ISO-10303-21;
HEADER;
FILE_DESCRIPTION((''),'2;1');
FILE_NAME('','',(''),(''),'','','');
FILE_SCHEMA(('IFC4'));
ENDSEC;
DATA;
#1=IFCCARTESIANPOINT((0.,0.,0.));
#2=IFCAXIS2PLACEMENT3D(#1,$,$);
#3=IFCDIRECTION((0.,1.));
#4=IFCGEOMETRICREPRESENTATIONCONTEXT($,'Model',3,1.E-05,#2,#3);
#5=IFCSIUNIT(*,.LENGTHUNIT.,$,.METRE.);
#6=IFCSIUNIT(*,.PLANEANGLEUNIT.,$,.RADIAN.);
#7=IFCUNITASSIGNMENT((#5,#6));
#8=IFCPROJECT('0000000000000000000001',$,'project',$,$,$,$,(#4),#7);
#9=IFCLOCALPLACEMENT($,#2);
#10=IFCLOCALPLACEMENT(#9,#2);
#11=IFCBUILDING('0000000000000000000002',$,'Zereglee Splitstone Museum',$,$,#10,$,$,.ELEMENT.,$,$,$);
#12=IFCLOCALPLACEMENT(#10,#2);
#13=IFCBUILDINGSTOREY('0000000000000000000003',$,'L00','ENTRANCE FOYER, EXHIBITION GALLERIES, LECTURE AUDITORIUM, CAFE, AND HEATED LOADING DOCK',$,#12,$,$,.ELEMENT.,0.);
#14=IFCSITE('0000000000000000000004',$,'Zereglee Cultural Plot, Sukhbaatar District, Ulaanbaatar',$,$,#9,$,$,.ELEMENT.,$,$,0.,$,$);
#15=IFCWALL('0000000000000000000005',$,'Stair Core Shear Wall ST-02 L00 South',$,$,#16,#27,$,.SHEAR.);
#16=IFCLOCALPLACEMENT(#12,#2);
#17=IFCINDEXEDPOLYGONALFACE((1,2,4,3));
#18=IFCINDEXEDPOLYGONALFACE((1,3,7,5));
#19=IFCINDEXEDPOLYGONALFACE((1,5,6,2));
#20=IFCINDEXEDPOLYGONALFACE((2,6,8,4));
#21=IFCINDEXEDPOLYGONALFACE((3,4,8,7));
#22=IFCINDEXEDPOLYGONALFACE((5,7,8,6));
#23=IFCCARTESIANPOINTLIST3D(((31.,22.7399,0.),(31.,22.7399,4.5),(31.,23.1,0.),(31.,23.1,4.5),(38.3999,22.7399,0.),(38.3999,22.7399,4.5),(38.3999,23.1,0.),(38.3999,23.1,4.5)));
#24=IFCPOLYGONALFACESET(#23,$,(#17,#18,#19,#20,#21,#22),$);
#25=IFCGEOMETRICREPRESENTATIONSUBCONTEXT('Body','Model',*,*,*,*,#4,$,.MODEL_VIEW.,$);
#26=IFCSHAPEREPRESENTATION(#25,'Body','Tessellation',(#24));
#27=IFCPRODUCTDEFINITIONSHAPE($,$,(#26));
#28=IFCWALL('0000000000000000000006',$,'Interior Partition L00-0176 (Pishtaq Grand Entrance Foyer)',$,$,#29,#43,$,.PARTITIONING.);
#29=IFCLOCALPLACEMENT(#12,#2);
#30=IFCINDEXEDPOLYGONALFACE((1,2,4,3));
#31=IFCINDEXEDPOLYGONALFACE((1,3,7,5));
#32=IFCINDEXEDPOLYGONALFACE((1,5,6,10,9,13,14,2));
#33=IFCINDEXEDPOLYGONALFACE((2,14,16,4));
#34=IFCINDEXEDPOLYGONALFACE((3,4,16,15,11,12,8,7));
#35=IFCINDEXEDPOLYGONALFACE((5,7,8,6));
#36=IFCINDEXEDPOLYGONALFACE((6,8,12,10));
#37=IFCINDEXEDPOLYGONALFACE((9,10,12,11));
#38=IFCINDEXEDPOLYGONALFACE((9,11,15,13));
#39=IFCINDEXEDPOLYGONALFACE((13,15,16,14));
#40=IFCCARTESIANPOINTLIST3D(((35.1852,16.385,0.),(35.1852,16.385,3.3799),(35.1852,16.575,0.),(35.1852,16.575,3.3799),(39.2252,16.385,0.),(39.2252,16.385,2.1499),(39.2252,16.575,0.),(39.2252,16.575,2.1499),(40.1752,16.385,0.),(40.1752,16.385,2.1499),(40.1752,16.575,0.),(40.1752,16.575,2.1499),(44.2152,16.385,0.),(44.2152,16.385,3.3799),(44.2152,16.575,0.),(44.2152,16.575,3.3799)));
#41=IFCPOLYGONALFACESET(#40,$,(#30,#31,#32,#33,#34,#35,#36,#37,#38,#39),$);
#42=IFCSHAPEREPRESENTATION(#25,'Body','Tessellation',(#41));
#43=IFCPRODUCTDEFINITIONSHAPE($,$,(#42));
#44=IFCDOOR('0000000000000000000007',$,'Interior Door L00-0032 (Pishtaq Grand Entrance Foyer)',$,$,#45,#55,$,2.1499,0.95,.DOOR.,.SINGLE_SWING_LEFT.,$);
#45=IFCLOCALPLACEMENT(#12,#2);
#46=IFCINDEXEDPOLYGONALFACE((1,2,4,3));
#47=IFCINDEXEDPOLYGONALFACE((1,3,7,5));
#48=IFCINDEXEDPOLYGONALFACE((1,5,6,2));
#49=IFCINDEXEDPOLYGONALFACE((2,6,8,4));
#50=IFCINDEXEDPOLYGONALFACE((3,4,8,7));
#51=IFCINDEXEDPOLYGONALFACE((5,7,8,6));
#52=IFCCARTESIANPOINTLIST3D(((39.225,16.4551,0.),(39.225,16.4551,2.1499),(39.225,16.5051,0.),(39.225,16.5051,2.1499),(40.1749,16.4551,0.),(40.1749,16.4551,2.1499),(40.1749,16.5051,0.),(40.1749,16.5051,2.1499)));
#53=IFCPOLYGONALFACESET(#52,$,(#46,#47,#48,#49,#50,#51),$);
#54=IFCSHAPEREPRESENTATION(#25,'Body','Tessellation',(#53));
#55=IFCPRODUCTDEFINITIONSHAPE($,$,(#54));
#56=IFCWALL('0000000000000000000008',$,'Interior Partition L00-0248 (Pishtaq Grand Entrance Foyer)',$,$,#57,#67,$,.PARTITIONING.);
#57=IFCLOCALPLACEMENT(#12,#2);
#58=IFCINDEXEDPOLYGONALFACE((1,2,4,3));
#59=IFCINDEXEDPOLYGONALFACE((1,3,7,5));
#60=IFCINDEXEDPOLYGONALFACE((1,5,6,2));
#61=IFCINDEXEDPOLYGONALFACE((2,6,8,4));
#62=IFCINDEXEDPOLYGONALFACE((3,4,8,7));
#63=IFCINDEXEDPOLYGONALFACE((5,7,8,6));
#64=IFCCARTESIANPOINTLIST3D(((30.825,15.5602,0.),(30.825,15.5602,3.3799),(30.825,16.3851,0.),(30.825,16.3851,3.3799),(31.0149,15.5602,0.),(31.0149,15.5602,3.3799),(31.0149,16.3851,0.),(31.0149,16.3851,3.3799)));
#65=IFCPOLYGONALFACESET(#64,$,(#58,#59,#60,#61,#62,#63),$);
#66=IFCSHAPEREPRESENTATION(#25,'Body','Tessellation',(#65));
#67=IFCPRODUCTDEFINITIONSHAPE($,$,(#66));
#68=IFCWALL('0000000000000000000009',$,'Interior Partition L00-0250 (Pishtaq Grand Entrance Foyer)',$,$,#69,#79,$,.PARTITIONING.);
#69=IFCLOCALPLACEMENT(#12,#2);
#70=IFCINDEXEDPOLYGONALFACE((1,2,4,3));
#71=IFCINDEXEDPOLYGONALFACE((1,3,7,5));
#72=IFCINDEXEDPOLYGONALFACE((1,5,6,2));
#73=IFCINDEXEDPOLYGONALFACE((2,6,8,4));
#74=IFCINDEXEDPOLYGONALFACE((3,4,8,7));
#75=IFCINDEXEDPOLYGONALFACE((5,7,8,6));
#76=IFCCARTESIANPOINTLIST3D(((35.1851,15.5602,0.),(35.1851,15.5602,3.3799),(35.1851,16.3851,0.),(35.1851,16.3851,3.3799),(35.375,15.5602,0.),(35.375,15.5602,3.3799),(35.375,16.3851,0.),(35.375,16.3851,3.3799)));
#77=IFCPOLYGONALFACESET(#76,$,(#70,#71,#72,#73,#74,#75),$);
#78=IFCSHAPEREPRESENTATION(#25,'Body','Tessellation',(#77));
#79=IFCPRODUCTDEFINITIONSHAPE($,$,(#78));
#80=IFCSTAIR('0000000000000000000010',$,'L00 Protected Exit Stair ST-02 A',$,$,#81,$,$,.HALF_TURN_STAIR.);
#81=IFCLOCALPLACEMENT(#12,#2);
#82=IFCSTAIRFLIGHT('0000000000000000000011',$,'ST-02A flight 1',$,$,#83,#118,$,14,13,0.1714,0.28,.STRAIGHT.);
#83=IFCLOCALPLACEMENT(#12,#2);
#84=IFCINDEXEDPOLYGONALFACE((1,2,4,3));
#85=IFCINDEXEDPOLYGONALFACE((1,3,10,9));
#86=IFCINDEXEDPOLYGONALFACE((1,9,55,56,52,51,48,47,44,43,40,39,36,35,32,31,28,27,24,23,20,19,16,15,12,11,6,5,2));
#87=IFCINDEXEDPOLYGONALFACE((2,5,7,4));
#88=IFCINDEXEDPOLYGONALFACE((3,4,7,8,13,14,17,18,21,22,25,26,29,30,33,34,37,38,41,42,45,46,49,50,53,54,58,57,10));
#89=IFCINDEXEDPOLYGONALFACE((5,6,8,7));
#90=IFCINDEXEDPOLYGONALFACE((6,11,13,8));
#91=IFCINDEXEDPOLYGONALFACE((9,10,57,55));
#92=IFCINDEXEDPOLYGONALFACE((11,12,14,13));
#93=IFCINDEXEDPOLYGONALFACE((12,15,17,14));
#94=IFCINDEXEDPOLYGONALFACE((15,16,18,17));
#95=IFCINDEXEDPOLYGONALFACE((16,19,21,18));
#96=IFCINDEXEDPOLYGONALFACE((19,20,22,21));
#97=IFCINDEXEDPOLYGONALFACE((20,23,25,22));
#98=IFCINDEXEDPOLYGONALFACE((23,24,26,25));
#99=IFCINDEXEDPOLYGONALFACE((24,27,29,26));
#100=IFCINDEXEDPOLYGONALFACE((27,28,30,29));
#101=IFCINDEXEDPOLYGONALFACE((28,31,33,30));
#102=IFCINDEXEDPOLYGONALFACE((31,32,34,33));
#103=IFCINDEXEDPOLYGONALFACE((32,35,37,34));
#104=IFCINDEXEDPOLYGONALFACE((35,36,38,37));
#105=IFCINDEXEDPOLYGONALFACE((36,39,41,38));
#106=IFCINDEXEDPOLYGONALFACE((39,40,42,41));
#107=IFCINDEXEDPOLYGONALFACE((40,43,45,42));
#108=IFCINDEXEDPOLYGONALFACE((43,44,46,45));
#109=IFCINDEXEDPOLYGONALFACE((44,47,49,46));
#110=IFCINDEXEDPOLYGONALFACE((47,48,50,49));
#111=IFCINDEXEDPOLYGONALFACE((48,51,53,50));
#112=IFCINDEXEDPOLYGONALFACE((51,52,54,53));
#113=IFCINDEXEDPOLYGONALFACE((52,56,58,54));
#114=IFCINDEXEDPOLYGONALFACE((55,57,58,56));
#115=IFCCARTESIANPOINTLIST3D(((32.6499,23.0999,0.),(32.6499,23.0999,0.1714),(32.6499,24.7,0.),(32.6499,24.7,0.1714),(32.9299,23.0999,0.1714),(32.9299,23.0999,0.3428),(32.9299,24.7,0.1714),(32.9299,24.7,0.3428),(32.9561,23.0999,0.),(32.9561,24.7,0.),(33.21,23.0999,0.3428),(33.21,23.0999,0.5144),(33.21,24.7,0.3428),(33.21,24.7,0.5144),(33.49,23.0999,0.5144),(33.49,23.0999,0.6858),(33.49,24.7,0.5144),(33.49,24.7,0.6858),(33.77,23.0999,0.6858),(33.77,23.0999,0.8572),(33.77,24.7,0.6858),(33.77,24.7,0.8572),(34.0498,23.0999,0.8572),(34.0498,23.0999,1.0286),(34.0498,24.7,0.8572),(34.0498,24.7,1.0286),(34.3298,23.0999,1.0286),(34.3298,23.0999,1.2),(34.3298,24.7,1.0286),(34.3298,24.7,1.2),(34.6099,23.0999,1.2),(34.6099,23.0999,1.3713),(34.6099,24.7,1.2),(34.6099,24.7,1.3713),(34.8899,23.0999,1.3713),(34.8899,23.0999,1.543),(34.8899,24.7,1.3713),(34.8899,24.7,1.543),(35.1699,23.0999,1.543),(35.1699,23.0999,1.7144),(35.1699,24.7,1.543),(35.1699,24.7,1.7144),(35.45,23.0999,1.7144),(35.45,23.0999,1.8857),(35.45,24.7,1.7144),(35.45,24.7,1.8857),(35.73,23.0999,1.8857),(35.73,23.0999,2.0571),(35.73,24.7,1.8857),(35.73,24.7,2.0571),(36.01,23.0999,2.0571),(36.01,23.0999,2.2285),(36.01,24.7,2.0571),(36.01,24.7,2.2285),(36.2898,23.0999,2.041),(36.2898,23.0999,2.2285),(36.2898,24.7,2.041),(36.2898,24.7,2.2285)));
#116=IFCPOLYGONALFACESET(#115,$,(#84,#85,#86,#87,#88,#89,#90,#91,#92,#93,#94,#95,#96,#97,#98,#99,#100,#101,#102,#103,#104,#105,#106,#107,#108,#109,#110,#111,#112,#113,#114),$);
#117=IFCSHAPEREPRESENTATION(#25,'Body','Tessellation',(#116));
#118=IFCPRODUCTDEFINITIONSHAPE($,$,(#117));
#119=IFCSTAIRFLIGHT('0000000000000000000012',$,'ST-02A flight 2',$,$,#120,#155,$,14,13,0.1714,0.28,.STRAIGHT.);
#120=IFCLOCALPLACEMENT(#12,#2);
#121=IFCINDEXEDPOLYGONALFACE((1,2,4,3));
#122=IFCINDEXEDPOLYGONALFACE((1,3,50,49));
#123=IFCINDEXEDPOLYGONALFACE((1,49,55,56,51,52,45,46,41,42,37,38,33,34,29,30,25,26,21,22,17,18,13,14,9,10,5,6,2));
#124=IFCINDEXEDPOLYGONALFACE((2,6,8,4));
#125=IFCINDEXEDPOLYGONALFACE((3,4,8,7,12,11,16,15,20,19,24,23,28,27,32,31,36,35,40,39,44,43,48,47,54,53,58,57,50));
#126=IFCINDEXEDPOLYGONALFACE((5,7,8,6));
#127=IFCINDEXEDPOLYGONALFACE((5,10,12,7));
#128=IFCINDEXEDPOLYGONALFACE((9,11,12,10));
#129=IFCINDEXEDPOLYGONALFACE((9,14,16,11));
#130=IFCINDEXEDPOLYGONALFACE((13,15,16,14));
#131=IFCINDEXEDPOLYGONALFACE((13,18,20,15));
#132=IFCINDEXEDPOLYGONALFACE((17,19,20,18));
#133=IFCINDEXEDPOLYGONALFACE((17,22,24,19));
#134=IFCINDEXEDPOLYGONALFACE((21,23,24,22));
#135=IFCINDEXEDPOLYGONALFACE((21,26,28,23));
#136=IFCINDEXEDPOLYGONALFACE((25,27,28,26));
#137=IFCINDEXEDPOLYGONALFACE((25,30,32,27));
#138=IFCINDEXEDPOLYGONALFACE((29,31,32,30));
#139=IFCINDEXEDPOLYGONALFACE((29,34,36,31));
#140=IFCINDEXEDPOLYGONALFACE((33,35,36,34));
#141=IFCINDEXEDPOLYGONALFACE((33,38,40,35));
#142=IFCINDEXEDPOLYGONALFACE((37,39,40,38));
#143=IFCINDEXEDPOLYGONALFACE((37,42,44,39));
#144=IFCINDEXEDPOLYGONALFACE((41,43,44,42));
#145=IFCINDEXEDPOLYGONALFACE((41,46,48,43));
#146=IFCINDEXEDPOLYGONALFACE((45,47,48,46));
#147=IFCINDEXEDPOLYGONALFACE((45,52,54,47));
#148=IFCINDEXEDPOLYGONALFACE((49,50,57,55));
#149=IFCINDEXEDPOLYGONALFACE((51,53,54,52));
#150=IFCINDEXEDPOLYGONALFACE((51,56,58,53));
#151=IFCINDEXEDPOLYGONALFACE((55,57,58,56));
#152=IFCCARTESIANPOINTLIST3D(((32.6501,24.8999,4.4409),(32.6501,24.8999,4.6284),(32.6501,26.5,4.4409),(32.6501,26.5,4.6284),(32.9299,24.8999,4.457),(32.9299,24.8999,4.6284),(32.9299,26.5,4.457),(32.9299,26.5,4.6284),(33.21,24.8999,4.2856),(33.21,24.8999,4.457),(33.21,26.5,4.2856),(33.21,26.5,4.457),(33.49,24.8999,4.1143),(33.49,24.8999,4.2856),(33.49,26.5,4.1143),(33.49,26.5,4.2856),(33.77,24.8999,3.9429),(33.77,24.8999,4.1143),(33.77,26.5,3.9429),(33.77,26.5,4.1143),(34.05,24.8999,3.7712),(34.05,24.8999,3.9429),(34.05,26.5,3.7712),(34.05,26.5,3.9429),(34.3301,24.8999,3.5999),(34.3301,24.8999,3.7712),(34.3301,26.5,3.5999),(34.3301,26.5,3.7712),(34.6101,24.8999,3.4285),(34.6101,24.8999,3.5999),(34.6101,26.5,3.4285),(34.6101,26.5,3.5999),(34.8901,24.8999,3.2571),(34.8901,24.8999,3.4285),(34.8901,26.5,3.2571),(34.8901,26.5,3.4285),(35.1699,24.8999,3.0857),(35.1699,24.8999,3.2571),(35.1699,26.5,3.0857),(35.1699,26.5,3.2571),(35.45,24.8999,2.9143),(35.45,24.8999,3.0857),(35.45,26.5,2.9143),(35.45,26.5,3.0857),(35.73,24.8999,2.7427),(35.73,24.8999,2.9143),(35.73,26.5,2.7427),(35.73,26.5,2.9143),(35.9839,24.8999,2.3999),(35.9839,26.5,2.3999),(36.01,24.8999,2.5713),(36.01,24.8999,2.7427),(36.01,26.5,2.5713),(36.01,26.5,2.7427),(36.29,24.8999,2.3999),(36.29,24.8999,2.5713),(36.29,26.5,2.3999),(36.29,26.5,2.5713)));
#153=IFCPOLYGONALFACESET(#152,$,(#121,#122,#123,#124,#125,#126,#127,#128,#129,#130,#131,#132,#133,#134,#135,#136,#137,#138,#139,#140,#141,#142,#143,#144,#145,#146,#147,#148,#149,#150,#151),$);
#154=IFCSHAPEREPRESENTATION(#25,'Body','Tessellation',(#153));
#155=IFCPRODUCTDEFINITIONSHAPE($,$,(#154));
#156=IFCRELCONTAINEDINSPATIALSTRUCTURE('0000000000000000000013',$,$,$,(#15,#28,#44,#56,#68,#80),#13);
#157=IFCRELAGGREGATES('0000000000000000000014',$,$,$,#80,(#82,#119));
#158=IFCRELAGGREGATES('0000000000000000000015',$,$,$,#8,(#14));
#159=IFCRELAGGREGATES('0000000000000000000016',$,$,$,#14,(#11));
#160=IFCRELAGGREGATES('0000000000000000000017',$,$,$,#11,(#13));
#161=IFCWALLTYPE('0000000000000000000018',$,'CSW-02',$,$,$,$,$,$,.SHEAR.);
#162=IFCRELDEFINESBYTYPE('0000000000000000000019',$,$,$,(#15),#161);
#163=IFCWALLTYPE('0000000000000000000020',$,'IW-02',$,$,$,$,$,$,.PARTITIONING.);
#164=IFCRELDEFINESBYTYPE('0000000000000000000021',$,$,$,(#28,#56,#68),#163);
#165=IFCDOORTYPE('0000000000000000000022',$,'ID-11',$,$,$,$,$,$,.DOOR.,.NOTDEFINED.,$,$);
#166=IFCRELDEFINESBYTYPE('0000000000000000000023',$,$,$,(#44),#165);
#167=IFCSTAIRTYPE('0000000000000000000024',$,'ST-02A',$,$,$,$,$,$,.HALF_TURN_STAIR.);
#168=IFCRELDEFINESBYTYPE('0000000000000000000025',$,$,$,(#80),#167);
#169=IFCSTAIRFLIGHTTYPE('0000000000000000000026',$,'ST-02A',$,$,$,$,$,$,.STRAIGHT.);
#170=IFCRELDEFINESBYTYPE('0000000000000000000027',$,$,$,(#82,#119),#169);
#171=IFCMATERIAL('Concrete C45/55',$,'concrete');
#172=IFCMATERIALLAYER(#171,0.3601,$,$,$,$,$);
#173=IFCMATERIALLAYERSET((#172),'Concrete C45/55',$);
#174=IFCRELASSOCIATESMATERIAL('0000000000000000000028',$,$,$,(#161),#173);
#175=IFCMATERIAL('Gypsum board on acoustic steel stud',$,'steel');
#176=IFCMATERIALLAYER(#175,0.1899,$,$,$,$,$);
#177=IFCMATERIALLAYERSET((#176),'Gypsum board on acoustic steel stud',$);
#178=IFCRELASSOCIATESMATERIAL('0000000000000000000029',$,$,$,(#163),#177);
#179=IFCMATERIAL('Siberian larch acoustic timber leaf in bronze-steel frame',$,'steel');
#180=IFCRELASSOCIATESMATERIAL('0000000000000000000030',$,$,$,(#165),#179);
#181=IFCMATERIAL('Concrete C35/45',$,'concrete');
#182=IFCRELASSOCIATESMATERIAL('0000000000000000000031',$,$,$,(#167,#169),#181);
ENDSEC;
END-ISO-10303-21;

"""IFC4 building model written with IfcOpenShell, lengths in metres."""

from ifc_helpers import new_model, si_unit, direction, frame, frame_2d, origin, place, context, subcontext, project, spatial, polyline, rectangle, outline, extrude, material, layer, layer_set, type_object, element, fill, aggregate, save


model = new_model("IFC4")

# Units and contexts
model_context = context("Model", 3, precision=1e-05, world=origin(), true_north=direction((0.0, 1.0)))
body_context = subcontext(model_context, "Body", "Model", "MODEL_VIEW")
ifc_project = project(units=[si_unit("LENGTHUNIT", "METRE"), si_unit("PLANEANGLEUNIT", "RADIAN")], contexts=[model_context])

# Site, building, storey
site_placement = place(None, origin())
site = spatial("IfcSite", under=ifc_project, at=site_placement, Name="Zereglee Cultural Plot, Sukhbaatar District, Ulaanbaatar", CompositionType="ELEMENT", RefElevation=0.0)
building_placement = place(site_placement, origin())
building = spatial("IfcBuilding", under=site, at=building_placement, Name="Zereglee Splitstone Museum", CompositionType="ELEMENT")
storey_placement = place(building_placement, origin())
storey = spatial("IfcBuildingStorey", under=building, at=storey_placement, Name="L00", Description="ENTRANCE FOYER, EXHIBITION GALLERIES, LECTURE AUDITORIUM, CAFE, AND HEATED LOADING DOCK", CompositionType="ELEMENT", Elevation=0.0)

# Shared definitions
ifc_material_1 = material(Name="Concrete C45/55", Category="concrete")

# Shared definitions
ifc_layer_1 = layer(ifc_material_1, 0.3601)
ifc_layer_set_1 = layer_set([ifc_layer_1], Name="Concrete C45/55")
wall_type_1 = type_object("IfcWallType", Name="CSW-02", PredefinedType="SHEAR", material=ifc_layer_set_1)

# Wall
for number, where, z_axis, x_axis, name in (
    (1, (31.0, 22.9199, 0.0), (0.0, 0.0, 1.0), (1.0, 0.0, 0.0), "Stair Core Shear Wall ST-02 L00 South"),
):
    element("IfcWall", number, at=place(storey_placement, frame(where, z_axis=z_axis, x_axis=x_axis)), inside=storey, type_object=wall_type_1, Name=name, PredefinedType="SHEAR", context=body_context, shape_type="SweptSolid", body=[
        extrude(rectangle(XDim=7.3999, YDim=0.3601, at=frame_2d((3.7, 0.0))), origin(), (0.0, 0.0, 1.0), 4.5),
    ])

# Wall, opening, door
ifc_material_2 = material(Name="Gypsum board on acoustic steel stud", Category="steel")
ifc_layer_2 = layer(ifc_material_2, 0.1899)
ifc_layer_set_2 = layer_set([ifc_layer_2], Name="Gypsum board on acoustic steel stud")
wall_type_2 = type_object("IfcWallType", Name="IW-02", PredefinedType="PARTITIONING", material=ifc_layer_set_2)
wall_1_placement = place(storey_placement, frame((35.1851, 16.48, 0.0), z_axis=(0.0, 0.0, 1.0), x_axis=(1.0, 0.0, 0.0)))
wall_1 = element("IfcWall", 2, at=wall_1_placement, inside=storey, type_object=wall_type_2, Name="Interior Partition L00-0176 (Pishtaq Grand Entrance Foyer)", PredefinedType="PARTITIONING", context=body_context, shape_type="SweptSolid", body=[
    extrude(rectangle(XDim=9.03, YDim=0.1899, at=frame_2d((4.5151, 0.0))), origin(), (0.0, 0.0, 1.0), 3.3799),
])
opening_1_placement = place(wall_1_placement, frame((4.04, 0.0, 0.0)))
opening_1 = element("IfcOpeningElement", 3, at=opening_1_placement, cuts=wall_1, PredefinedType="OPENING", context=body_context, shape_type="SweptSolid", body=[
    extrude(rectangle(XDim=0.95, YDim=2.1499, at=frame_2d((0.4751, 1.075))), frame((0.0, 0.1099, 0.0), z_axis=(0.0, -1.0, 0.0), x_axis=(1.0, 0.0, 0.0)), (0.0, 0.0, 1.0), 0.2197),
])
ifc_material_3 = material(Name="Siberian larch acoustic timber leaf in bronze-steel frame", Category="steel")
door_type_1 = type_object("IfcDoorType", Name="ID-11", OperationType="NOTDEFINED", PredefinedType="DOOR", material=ifc_material_3)
door_1_placement = place(opening_1_placement, frame((0.95, 0.0, 0.0), z_axis=(0.0, 0.0, 1.0), x_axis=(-1.0, 0.0, 0.0)))
door_1 = element("IfcDoor", 4, at=door_1_placement, inside=storey, type_object=door_type_1, Name="Interior Door L00-0032 (Pishtaq Grand Entrance Foyer)", OperationType="SINGLE_SWING_LEFT", OverallHeight=2.1499, OverallWidth=0.95, PredefinedType="DOOR", context=body_context, shape_type="SweptSolid", body=[
    extrude(rectangle(XDim=0.95, YDim=2.1499, at=frame_2d((0.4751, 1.075))), frame((0.0, 0.0249, 0.0), z_axis=(0.0, -1.0, 0.0), x_axis=(1.0, 0.0, 0.0)), (0.0, 0.0, 1.0), 0.05),
])
fill(opening_1, door_1)

# Walls
for number, where, z_axis, x_axis, name in (
    (5, (30.9199, 15.5601, 0.0), (0.0, 0.0, 1.0), (0.0, 1.0, 0.0), "Interior Partition L00-0248 (Pishtaq Grand Entrance Foyer)"),
    (6, (35.28, 15.5601, 0.0), (0.0, 0.0, 1.0), (0.0, 1.0, 0.0), "Interior Partition L00-0250 (Pishtaq Grand Entrance Foyer)"),
):
    element("IfcWall", number, at=place(storey_placement, frame(where, z_axis=z_axis, x_axis=x_axis)), inside=storey, type_object=wall_type_2, Name=name, PredefinedType="PARTITIONING", context=body_context, shape_type="SweptSolid", body=[
        extrude(rectangle(XDim=0.825, YDim=0.1899, at=frame_2d((0.4126, 0.0))), origin(), (0.0, 0.0, 1.0), 3.3799),
    ])

# Stair, stair flights
ifc_material_4 = material(Name="Concrete C35/45", Category="concrete")
stair_type = type_object("IfcStairType", Name="ST-02A", PredefinedType="HALF_TURN_STAIR", material=ifc_material_4)
stair_placement = place(storey_placement, origin())
stair = element("IfcStair", 7, at=stair_placement, inside=storey, type_object=stair_type, Name="L00 Protected Exit Stair ST-02 A", PredefinedType="HALF_TURN_STAIR")
stair_flight_type = type_object("IfcStairFlightType", Name="ST-02A", PredefinedType="STRAIGHT", material=ifc_material_4)
stair_flight_1_placement = place(storey_placement, frame((32.6499, 23.8999, 0.0), z_axis=(0.0, 0.0, 1.0), x_axis=(1.0, 0.0, 0.0)))
stair_flight_1 = element("IfcStairFlight", 8, at=stair_flight_1_placement, type_object=stair_flight_type, Name="ST-02A flight 1", NumberOfRisers=14, NumberOfTreads=13, PredefinedType="STRAIGHT", RiserHeight=0.1714, TreadLength=0.28, context=body_context, shape_type="SweptSolid", body=[
    extrude(outline(polyline([(0.0, 0.0), (0.0, 0.1714), (0.28, 0.1714), (0.28, 0.3428), (0.5601, 0.3428), (0.5601, 0.5144), (0.8401, 0.5144), (0.8401, 0.6858), (1.1201, 0.6858), (1.1201, 0.8572), (1.3999, 0.8572), (1.3999, 1.0286), (1.6799, 1.0286), (1.6799, 1.2), (1.96, 1.2), (1.96, 1.3713), (2.24, 1.3713), (2.24, 1.543), (2.52, 1.543), (2.52, 1.7144), (2.8, 1.7144), (2.8, 1.8857), (3.0801, 1.8857), (3.0801, 2.0571), (3.3601, 2.0571), (3.3601, 2.2285), (3.6399, 2.2285), (3.6399, 2.3999), (3.6399, 2.041), (0.3062, 0.0), (0.0, 0.0)])), frame((0.0, 0.8, 0.0), z_axis=(0.0, -1.0, 0.0), x_axis=(1.0, 0.0, 0.0)), (0.0, 0.0, 1.0), 1.6001),
])
stair_flight_2_placement = place(storey_placement, frame((36.29, 25.7, 2.3999), z_axis=(0.0, 0.0, 1.0), x_axis=(-1.0, 0.0, 0.0)))
stair_flight_2 = element("IfcStairFlight", 9, at=stair_flight_2_placement, type_object=stair_flight_type, Name="ST-02A flight 2", NumberOfRisers=14, NumberOfTreads=13, PredefinedType="STRAIGHT", RiserHeight=0.1714, TreadLength=0.28, context=body_context, shape_type="SweptSolid", body=[
    extrude(outline(polyline([(0.0, 0.0), (0.0, 0.1714), (0.28, 0.1714), (0.28, 0.3428), (0.5601, 0.3428), (0.5601, 0.5144), (0.8401, 0.5144), (0.8401, 0.6858), (1.1201, 0.6858), (1.1201, 0.8572), (1.3999, 0.8572), (1.3999, 1.0286), (1.6799, 1.0286), (1.6799, 1.2), (1.96, 1.2), (1.96, 1.3713), (2.24, 1.3713), (2.24, 1.543), (2.52, 1.543), (2.52, 1.7144), (2.8, 1.7144), (2.8, 1.8857), (3.0801, 1.8857), (3.0801, 2.0571), (3.3601, 2.0571), (3.3601, 2.2285), (3.6399, 2.2285), (3.6399, 2.3999), (3.6399, 2.041), (0.3062, 0.0), (0.0, 0.0)])), frame((0.0, 0.8, 0.0), z_axis=(0.0, -1.0, 0.0), x_axis=(1.0, 0.0, 0.0)), (0.0, 0.0, 1.0), 1.6001),
])
aggregate(stair, [stair_flight_1, stair_flight_2])

save(model, "model.ifc")
